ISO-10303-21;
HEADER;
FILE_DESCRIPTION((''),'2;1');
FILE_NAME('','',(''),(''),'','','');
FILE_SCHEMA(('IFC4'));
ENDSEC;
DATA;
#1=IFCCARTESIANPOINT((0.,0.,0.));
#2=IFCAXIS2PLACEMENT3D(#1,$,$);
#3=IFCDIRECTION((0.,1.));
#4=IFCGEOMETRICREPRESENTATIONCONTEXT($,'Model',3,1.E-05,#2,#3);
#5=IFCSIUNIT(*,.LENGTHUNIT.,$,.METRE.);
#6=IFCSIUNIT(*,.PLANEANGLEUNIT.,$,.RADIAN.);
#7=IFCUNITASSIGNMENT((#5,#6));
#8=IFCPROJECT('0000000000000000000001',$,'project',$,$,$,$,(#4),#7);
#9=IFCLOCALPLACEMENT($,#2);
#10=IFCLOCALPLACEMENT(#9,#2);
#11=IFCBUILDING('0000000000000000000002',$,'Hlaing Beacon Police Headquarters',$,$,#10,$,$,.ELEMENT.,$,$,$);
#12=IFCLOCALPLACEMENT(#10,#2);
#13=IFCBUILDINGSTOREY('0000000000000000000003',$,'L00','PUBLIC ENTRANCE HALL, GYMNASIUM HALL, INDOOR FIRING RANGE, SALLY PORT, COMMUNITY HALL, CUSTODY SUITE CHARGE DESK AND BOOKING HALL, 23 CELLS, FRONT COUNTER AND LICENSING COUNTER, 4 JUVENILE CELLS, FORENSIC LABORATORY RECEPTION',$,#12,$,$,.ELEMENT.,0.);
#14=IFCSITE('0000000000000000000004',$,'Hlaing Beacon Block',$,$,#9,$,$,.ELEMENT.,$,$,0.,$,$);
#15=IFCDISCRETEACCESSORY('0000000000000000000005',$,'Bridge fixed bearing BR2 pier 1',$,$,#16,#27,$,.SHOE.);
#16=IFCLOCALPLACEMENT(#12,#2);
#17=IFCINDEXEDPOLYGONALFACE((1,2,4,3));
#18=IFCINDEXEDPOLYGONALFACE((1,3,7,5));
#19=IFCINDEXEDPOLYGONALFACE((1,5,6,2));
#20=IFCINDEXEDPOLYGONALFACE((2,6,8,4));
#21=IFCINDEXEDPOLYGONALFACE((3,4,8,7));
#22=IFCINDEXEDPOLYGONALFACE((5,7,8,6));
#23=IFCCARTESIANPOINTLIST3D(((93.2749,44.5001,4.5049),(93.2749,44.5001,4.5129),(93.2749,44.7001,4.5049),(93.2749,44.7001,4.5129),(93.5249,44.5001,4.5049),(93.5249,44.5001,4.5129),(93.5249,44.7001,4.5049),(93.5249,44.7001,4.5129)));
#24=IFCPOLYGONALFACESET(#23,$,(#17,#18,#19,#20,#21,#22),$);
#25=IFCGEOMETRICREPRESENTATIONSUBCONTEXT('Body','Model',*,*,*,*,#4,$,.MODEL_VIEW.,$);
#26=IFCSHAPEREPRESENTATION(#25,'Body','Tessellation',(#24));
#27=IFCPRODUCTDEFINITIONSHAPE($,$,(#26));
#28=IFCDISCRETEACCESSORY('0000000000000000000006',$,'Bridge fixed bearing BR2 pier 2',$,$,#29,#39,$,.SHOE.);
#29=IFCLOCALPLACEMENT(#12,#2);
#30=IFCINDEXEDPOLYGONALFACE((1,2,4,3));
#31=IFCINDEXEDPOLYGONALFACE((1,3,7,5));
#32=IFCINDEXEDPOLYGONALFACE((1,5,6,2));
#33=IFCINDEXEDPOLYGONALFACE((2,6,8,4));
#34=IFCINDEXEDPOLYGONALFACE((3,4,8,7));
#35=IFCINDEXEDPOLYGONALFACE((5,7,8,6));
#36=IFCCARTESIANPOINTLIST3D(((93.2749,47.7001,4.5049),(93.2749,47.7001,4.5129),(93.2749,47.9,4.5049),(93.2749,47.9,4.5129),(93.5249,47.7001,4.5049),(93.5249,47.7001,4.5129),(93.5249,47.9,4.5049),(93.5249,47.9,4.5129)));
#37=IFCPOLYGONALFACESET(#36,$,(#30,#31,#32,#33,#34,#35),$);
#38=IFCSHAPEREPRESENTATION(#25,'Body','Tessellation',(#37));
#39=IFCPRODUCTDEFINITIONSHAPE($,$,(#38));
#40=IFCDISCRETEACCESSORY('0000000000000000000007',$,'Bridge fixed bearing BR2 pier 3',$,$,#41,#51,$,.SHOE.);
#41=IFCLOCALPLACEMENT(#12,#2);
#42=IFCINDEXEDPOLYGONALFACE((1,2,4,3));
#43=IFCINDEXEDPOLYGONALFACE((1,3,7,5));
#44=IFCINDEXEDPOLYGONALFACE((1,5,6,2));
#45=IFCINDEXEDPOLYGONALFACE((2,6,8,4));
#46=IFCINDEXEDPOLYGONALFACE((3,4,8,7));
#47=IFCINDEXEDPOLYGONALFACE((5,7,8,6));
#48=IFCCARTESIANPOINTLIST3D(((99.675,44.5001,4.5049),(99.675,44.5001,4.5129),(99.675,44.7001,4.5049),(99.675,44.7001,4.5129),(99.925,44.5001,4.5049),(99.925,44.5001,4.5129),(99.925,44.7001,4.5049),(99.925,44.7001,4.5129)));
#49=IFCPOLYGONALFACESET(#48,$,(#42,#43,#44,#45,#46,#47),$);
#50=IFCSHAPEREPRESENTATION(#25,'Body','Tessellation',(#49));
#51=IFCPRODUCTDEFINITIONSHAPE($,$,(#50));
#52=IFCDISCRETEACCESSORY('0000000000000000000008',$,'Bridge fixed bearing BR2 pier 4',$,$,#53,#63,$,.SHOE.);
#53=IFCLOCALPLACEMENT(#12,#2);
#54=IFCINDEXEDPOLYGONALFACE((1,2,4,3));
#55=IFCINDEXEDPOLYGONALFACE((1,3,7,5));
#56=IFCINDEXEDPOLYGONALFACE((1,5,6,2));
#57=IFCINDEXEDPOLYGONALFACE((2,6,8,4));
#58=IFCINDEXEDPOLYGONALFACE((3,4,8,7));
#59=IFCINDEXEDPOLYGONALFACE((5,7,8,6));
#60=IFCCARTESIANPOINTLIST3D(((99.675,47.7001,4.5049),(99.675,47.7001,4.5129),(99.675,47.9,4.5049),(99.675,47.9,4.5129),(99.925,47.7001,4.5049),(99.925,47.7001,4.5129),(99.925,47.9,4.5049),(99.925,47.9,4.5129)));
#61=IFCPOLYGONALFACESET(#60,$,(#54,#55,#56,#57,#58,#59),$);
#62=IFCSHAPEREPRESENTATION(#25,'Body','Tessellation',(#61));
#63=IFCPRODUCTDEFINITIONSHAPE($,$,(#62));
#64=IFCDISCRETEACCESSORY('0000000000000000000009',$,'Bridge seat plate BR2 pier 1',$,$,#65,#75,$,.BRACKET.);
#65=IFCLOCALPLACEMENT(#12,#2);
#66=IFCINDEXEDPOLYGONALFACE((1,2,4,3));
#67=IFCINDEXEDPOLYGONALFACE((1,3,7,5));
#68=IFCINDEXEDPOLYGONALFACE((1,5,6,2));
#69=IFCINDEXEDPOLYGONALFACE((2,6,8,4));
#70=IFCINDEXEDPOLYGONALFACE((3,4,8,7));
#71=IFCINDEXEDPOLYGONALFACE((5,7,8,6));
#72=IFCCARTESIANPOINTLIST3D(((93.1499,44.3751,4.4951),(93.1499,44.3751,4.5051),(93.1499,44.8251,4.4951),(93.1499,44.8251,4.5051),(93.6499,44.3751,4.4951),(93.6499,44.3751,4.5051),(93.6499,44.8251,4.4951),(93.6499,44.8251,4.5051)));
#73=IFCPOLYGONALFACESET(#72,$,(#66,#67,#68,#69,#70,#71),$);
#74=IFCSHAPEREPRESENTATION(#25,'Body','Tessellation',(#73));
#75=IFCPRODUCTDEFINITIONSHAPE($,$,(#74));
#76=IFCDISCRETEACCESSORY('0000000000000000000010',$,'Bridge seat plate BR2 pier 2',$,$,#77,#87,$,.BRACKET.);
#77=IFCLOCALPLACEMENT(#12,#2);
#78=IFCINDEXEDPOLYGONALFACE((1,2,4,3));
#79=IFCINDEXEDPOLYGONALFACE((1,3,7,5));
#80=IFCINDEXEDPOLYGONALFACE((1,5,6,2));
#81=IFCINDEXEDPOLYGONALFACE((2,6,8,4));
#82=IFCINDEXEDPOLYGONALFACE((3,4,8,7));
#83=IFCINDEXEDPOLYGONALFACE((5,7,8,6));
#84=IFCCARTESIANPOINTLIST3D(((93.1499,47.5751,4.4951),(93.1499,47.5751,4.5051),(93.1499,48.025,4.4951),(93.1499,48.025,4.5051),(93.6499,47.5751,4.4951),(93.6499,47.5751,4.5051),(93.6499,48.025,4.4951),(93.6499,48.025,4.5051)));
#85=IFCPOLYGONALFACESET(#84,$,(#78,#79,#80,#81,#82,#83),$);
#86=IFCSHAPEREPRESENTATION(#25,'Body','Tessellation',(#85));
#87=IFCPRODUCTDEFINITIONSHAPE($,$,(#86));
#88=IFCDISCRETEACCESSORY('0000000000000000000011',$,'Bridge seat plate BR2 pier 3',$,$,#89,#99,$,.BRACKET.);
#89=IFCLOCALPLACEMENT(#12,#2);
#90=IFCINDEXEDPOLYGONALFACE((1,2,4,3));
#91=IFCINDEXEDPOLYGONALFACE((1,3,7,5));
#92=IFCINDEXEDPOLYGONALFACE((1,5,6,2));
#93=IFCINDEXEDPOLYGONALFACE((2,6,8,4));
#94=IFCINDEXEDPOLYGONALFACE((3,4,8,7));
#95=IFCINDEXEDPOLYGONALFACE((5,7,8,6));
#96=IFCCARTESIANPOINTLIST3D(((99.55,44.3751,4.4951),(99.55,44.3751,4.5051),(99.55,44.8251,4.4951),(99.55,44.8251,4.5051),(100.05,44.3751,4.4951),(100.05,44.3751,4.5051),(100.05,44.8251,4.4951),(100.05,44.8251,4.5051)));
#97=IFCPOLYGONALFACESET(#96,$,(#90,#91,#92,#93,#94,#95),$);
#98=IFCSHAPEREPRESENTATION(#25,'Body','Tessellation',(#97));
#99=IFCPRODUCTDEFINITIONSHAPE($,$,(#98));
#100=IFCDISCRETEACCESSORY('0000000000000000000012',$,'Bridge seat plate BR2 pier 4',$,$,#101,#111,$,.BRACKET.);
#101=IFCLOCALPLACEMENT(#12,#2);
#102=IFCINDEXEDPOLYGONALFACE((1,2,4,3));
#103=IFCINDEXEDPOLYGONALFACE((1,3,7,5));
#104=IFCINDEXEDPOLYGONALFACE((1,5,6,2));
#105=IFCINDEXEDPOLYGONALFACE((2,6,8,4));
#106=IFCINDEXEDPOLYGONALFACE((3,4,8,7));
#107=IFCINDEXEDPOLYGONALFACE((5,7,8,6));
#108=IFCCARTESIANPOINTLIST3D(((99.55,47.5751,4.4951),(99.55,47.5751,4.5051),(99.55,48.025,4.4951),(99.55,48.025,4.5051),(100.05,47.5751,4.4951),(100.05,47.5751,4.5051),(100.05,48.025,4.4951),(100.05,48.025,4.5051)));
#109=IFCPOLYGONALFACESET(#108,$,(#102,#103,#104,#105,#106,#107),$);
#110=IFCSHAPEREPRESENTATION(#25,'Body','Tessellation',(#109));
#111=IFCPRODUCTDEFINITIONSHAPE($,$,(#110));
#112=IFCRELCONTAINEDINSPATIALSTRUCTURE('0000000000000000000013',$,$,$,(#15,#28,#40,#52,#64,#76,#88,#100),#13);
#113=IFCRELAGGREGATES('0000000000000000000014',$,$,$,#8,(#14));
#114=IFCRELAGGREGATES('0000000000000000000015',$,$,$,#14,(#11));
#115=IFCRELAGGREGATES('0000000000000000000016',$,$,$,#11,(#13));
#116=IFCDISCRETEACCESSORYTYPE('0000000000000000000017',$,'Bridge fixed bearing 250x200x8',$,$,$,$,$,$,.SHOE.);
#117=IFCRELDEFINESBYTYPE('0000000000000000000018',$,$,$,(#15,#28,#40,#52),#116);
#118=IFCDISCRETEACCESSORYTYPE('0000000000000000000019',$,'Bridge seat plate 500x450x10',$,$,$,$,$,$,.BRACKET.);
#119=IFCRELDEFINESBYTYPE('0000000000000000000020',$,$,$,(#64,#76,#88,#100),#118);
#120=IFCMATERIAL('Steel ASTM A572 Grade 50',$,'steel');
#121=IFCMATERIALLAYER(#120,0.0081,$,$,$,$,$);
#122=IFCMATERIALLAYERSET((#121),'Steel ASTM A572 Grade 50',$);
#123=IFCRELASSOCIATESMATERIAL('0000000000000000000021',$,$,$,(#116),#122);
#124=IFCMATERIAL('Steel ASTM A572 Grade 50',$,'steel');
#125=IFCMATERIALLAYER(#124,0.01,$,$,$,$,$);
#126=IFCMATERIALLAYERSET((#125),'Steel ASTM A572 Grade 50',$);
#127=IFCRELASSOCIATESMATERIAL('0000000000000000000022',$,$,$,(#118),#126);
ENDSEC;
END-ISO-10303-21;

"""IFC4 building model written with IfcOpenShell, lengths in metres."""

from ifc_helpers import new_model, si_unit, direction, frame, origin, origin_2d, place, context, subcontext, project, spatial, rectangle, extrude, material, layer, layer_set, type_object, element, save


model = new_model("IFC4")

# Units and contexts
model_context = context("Model", 3, precision=1e-05, world=origin(), true_north=direction((0.0, 1.0)))
body_context = subcontext(model_context, "Body", "Model", "MODEL_VIEW")
ifc_project = project(units=[si_unit("LENGTHUNIT", "METRE"), si_unit("PLANEANGLEUNIT", "RADIAN")], contexts=[model_context])

# Site, building, storey
site_placement = place(None, origin())
site = spatial("IfcSite", under=ifc_project, at=site_placement, Name="Hlaing Beacon Block", CompositionType="ELEMENT", RefElevation=0.0)
building_placement = place(site_placement, origin())
building = spatial("IfcBuilding", under=site, at=building_placement, Name="Hlaing Beacon Police Headquarters", CompositionType="ELEMENT")
storey_placement = place(building_placement, origin())
storey = spatial("IfcBuildingStorey", under=building, at=storey_placement, Name="L00", Description="PUBLIC ENTRANCE HALL, GYMNASIUM HALL, INDOOR FIRING RANGE, SALLY PORT, COMMUNITY HALL, CUSTODY SUITE CHARGE DESK AND BOOKING HALL, 23 CELLS, FRONT COUNTER AND LICENSING COUNTER, 4 JUVENILE CELLS, FORENSIC LABORATORY RECEPTION", CompositionType="ELEMENT", Elevation=0.0)

# Discrete accessories
ifc_material_1 = material(Name="Steel ASTM A572 Grade 50", Category="steel")
ifc_layer_1 = layer(ifc_material_1, 0.0081)
ifc_layer_set_1 = layer_set([ifc_layer_1], Name="Steel ASTM A572 Grade 50")
discrete_accessory_type_1 = type_object("IfcDiscreteAccessoryType", Name="Bridge fixed bearing 250x200x8", PredefinedType="SHOE", material=ifc_layer_set_1)
for number, where, z_axis, x_axis, name in (
    (1, (93.3999, 44.6001, 4.5049), (0.0, 0.0, 1.0), (1.0, 0.0, 0.0), "Bridge fixed bearing BR2 pier 1"),
    (2, (93.3999, 47.8, 4.5049), (0.0, 0.0, 1.0), (1.0, 0.0, 0.0), "Bridge fixed bearing BR2 pier 2"),
    (3, (99.8, 44.6001, 4.5049), (0.0, 0.0, 1.0), (1.0, 0.0, 0.0), "Bridge fixed bearing BR2 pier 3"),
    (4, (99.8, 47.8, 4.5049), (0.0, 0.0, 1.0), (1.0, 0.0, 0.0), "Bridge fixed bearing BR2 pier 4"),
):
    element("IfcDiscreteAccessory", number, at=place(storey_placement, frame(where, z_axis=z_axis, x_axis=x_axis)), inside=storey, type_object=discrete_accessory_type_1, Name=name, PredefinedType="SHOE", context=body_context, shape_type="SweptSolid", body=[
        extrude(rectangle(XDim=0.25, YDim=0.2, at=origin_2d()), origin(), (0.0, 0.0, 1.0), 0.0081),
    ])
ifc_material_2 = material(Name="Steel ASTM A572 Grade 50", Category="steel")
ifc_layer_2 = layer(ifc_material_2, 0.01)
ifc_layer_set_2 = layer_set([ifc_layer_2], Name="Steel ASTM A572 Grade 50")
discrete_accessory_type_2 = type_object("IfcDiscreteAccessoryType", Name="Bridge seat plate 500x450x10", PredefinedType="BRACKET", material=ifc_layer_set_2)
for number, where, z_axis, x_axis, name in (
    (5, (93.3999, 44.6001, 4.4951), (0.0, 0.0, 1.0), (1.0, 0.0, 0.0), "Bridge seat plate BR2 pier 1"),
    (6, (93.3999, 47.8, 4.4951), (0.0, 0.0, 1.0), (1.0, 0.0, 0.0), "Bridge seat plate BR2 pier 2"),
    (7, (99.8, 44.6001, 4.4951), (0.0, 0.0, 1.0), (1.0, 0.0, 0.0), "Bridge seat plate BR2 pier 3"),
    (8, (99.8, 47.8, 4.4951), (0.0, 0.0, 1.0), (1.0, 0.0, 0.0), "Bridge seat plate BR2 pier 4"),
):
    element("IfcDiscreteAccessory", number, at=place(storey_placement, frame(where, z_axis=z_axis, x_axis=x_axis)), inside=storey, type_object=discrete_accessory_type_2, Name=name, PredefinedType="BRACKET", context=body_context, shape_type="SweptSolid", body=[
        extrude(rectangle(XDim=0.5, YDim=0.45, at=origin_2d()), origin(), (0.0, 0.0, 1.0), 0.01),
    ])

save(model, "model.ifc")
